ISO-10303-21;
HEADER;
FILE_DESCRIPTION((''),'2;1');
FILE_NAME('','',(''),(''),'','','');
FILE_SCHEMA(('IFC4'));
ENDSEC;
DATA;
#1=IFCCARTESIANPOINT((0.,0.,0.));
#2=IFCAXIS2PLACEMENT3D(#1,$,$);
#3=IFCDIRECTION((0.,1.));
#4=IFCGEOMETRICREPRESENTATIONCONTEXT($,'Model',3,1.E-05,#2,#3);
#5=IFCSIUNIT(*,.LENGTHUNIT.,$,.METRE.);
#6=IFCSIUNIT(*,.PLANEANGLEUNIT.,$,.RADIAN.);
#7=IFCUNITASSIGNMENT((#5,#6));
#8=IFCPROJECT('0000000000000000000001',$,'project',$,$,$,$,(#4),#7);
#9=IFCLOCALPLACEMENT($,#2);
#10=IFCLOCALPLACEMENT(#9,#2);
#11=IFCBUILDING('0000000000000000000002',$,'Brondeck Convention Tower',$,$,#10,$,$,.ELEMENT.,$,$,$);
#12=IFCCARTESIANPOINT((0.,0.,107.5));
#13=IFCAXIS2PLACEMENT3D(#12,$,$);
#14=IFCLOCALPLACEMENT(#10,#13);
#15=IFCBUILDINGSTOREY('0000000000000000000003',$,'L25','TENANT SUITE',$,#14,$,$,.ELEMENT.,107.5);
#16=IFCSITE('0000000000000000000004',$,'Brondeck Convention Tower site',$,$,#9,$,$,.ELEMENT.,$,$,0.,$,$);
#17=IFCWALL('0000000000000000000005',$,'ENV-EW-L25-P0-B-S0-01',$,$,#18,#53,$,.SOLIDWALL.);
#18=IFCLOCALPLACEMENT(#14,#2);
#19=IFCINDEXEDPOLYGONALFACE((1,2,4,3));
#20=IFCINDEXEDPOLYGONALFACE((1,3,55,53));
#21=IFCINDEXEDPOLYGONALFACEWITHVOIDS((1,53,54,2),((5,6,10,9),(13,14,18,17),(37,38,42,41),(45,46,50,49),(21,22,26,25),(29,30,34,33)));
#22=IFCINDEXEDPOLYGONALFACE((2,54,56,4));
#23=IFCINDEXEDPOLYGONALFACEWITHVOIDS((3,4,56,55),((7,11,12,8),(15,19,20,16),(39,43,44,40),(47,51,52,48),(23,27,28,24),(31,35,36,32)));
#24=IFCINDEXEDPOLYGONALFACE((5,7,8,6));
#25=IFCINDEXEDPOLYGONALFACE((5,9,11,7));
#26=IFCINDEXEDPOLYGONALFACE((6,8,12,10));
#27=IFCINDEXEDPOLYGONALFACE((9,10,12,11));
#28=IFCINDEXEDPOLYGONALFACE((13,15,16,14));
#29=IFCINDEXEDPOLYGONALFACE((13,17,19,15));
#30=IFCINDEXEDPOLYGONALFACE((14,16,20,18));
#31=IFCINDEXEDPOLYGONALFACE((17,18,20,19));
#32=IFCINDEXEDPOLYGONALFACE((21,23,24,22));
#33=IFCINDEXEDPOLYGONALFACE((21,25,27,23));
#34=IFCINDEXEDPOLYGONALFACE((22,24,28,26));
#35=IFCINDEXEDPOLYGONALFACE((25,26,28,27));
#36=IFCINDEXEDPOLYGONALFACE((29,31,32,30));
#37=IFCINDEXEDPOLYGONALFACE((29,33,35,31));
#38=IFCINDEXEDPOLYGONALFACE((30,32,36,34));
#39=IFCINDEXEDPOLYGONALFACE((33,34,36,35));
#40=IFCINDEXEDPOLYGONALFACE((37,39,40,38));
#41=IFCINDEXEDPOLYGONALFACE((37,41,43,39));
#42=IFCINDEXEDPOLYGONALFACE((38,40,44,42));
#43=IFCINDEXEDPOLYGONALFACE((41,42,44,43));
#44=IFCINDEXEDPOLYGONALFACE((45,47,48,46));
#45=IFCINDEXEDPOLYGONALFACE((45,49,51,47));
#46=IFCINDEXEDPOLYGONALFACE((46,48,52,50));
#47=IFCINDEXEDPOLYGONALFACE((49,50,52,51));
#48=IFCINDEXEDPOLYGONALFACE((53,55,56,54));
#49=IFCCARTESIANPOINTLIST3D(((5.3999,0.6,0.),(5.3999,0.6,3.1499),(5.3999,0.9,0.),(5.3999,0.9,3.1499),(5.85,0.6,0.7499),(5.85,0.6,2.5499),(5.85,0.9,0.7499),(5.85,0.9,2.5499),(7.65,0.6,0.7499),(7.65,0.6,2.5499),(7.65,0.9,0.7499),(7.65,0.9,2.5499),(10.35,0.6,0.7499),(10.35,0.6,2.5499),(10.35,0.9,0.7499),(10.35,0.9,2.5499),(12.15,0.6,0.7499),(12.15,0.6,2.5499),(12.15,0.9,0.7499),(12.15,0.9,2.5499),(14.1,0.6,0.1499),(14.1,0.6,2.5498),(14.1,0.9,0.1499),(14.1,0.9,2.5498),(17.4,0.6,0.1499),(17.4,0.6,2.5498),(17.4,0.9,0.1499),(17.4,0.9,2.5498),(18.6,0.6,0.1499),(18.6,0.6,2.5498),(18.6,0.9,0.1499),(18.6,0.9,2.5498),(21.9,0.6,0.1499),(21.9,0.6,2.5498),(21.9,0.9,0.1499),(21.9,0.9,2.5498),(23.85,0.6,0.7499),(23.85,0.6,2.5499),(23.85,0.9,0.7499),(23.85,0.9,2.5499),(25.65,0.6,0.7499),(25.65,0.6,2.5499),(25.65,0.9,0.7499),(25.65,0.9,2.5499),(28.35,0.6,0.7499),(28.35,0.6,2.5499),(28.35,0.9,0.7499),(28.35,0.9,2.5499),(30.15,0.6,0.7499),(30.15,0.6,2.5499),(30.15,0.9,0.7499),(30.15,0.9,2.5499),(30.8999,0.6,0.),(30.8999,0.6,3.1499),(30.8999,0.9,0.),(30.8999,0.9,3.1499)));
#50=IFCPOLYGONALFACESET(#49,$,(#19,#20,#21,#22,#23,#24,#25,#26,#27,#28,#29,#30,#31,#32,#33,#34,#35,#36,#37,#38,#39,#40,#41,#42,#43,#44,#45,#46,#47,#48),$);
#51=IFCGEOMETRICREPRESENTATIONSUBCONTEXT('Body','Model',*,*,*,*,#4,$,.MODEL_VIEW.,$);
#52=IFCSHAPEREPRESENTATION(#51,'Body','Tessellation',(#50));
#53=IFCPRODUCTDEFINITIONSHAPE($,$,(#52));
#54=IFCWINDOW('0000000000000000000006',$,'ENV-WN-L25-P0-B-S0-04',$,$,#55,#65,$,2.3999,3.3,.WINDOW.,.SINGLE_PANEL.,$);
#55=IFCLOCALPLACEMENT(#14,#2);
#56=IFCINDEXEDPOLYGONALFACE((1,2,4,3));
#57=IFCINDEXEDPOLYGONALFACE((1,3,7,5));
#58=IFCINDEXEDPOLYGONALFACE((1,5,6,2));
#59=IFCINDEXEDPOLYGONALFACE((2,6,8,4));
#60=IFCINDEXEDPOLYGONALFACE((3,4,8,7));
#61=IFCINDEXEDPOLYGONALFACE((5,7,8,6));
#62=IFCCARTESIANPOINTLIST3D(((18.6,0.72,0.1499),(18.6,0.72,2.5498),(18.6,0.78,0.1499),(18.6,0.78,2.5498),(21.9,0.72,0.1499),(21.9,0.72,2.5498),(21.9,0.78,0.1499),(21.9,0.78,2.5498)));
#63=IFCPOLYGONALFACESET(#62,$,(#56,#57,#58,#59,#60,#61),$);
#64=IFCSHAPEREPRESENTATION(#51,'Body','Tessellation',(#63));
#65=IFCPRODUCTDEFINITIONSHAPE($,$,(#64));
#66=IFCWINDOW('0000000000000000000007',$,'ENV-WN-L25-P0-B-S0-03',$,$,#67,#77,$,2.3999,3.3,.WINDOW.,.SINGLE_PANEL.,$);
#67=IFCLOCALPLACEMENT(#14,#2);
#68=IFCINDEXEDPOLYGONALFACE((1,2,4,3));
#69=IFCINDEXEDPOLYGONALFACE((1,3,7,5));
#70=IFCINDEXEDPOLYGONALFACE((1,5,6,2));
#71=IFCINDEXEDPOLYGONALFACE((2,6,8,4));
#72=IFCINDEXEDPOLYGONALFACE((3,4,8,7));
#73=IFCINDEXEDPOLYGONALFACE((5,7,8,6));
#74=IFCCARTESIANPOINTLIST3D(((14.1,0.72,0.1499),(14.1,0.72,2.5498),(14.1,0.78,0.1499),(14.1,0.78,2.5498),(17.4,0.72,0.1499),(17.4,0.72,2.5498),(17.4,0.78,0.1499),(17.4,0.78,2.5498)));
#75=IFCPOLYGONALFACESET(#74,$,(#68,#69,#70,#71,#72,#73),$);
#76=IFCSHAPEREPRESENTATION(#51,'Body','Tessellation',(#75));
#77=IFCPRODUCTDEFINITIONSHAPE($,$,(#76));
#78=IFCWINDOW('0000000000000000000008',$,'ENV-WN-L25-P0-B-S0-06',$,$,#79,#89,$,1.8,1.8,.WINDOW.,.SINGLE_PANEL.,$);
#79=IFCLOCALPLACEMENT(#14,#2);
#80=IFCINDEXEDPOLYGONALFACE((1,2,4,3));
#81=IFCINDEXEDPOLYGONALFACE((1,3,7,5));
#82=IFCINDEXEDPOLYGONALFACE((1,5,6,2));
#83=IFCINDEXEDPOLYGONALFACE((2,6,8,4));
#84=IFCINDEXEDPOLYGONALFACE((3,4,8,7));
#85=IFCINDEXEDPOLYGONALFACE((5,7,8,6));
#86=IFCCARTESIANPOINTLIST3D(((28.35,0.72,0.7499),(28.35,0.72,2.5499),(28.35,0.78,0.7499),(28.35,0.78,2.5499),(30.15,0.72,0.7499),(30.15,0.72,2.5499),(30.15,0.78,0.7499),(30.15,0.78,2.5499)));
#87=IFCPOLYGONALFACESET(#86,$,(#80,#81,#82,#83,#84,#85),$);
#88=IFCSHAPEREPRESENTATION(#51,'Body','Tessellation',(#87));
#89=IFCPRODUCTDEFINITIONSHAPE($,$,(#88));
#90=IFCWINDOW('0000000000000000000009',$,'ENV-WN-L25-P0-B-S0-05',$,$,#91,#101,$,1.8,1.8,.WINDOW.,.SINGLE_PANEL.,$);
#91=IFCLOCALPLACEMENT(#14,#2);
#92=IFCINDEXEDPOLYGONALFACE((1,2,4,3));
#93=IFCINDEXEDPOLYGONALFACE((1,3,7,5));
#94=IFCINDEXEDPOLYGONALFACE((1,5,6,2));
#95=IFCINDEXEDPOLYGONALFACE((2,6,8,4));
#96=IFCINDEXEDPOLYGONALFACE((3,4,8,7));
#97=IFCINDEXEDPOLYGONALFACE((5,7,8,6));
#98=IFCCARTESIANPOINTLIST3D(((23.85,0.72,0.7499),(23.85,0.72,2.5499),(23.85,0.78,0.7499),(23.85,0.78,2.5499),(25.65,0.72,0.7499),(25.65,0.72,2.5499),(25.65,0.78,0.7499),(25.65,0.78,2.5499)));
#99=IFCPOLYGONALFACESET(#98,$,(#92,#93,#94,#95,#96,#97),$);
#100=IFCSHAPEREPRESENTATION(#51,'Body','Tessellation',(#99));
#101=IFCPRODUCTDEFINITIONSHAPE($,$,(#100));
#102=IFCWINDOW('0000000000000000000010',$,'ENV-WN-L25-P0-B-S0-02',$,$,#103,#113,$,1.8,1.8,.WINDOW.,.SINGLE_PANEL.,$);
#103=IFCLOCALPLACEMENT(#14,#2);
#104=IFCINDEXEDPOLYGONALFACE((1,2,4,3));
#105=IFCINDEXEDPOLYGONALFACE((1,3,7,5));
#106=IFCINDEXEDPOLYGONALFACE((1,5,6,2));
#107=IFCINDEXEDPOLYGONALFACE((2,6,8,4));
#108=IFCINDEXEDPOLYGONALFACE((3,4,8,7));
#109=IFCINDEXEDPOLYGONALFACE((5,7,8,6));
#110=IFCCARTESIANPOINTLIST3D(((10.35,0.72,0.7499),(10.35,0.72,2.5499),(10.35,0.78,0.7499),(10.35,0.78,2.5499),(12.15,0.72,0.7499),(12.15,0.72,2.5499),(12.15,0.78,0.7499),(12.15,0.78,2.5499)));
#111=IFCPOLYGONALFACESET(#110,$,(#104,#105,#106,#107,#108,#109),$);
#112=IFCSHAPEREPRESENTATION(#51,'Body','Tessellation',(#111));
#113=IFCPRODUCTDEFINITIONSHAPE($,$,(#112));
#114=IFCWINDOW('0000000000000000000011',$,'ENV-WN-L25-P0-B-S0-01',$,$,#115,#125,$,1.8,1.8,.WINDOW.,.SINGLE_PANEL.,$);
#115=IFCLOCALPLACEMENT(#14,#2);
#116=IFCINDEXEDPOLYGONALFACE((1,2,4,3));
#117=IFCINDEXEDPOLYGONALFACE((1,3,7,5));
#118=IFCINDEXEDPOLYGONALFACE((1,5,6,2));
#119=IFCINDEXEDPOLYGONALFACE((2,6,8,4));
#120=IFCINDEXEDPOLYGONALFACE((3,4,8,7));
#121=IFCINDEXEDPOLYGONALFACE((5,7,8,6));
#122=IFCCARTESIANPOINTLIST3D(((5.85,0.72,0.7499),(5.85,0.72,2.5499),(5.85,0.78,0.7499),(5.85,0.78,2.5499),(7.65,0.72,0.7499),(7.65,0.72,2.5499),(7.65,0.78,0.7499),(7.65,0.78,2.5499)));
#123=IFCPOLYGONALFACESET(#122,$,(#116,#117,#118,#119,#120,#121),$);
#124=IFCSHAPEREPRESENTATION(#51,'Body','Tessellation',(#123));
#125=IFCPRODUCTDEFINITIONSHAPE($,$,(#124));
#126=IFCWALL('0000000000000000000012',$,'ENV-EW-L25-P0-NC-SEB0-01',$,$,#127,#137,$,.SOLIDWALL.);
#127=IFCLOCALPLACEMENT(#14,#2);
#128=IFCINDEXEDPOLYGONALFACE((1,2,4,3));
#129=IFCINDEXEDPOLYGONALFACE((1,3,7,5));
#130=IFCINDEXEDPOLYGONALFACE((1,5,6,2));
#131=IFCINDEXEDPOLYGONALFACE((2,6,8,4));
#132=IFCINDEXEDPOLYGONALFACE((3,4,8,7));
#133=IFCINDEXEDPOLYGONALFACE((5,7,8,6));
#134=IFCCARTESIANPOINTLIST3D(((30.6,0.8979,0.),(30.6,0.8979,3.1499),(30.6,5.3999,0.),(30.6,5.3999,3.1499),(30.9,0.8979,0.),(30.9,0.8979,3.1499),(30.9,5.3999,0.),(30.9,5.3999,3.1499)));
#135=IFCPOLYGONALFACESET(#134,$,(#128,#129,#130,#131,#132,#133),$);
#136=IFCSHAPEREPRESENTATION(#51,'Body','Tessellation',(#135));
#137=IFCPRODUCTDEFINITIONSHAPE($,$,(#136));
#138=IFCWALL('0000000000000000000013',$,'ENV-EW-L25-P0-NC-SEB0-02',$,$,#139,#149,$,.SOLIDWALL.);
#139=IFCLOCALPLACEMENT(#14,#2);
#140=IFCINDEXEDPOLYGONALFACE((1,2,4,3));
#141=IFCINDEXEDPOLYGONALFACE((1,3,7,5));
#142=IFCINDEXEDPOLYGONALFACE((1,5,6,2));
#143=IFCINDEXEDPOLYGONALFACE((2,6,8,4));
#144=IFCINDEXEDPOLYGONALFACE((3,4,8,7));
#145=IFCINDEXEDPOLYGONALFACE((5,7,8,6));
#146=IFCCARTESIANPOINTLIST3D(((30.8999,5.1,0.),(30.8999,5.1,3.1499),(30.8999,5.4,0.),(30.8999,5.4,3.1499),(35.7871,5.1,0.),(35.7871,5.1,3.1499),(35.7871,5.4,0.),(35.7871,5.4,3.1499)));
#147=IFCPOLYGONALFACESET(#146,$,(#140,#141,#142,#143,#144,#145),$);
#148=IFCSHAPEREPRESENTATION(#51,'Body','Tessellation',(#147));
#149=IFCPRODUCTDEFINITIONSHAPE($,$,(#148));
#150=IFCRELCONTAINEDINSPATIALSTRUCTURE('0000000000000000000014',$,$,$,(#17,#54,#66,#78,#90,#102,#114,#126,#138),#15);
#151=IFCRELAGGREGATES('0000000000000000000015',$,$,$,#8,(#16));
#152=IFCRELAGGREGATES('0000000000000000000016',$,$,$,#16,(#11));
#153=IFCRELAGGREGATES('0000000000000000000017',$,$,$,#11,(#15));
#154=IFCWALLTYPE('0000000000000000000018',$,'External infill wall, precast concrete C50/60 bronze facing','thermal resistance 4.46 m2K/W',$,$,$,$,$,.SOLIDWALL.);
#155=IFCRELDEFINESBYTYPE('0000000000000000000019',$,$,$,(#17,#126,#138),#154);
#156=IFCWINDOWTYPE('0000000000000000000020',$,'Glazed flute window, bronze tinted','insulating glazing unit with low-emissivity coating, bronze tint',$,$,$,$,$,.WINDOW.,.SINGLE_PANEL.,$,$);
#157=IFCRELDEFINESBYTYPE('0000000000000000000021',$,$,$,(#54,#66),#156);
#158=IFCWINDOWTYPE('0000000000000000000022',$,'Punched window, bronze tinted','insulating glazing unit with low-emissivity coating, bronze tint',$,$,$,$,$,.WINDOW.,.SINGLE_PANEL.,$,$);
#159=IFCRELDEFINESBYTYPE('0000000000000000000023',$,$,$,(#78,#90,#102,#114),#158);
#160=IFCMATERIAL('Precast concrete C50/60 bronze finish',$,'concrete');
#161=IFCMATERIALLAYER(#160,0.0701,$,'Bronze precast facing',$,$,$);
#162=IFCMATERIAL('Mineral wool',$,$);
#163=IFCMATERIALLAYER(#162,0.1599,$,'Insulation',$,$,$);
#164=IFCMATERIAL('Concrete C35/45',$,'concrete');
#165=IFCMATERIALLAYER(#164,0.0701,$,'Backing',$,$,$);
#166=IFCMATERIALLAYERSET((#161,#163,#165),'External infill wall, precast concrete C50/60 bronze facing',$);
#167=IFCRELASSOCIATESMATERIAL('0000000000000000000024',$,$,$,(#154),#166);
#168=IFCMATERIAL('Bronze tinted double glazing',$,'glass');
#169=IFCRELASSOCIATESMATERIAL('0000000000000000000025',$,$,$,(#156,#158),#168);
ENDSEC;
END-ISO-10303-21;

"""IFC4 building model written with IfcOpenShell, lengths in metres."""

from ifc_helpers import new_model, si_unit, direction, frame, frame_2d, origin, place, context, subcontext, project, spatial, rectangle, extrude, material, layer, layer_set, type_object, element, fill, save


model = new_model("IFC4")

# Units and contexts
model_context = context("Model", 3, precision=1e-05, world=origin(), true_north=direction((0.0, 1.0)))
body_context = subcontext(model_context, "Body", "Model", "MODEL_VIEW")
ifc_project = project(units=[si_unit("LENGTHUNIT", "METRE"), si_unit("PLANEANGLEUNIT", "RADIAN")], contexts=[model_context])

# Site, building, storey
site_placement = place(None, origin())
site = spatial("IfcSite", under=ifc_project, at=site_placement, Name="Brondeck Convention Tower site", CompositionType="ELEMENT", RefElevation=0.0)
building_placement = place(site_placement, origin())
building = spatial("IfcBuilding", under=site, at=building_placement, Name="Brondeck Convention Tower", CompositionType="ELEMENT")
storey_placement = place(building_placement, frame((0.0, 0.0, 107.5)))
storey = spatial("IfcBuildingStorey", under=building, at=storey_placement, Name="L25", Description="TENANT SUITE", CompositionType="ELEMENT", Elevation=107.5)

# Wall, openings, windows
ifc_material_1 = material(Name="Precast concrete C50/60 bronze finish", Category="concrete")
ifc_layer_1 = layer(ifc_material_1, 0.0701, Name="Bronze precast facing")
ifc_material_2 = material(Name="Mineral wool")
ifc_layer_2 = layer(ifc_material_2, 0.1599, Name="Insulation")
ifc_material_3 = material(Name="Concrete C35/45", Category="concrete")
ifc_layer_3 = layer(ifc_material_3, 0.0701, Name="Backing")
ifc_layer_set = layer_set([ifc_layer_1, ifc_layer_2, ifc_layer_3], Name="External infill wall, precast concrete C50/60 bronze facing")
wall_type = type_object("IfcWallType", Name="External infill wall, precast concrete C50/60 bronze facing", Description="thermal resistance 4.46 m2K/W", PredefinedType="SOLIDWALL", material=ifc_layer_set)
wall_1_placement = place(storey_placement, frame((30.8999, 0.75, 0.0), z_axis=(0.0, 0.0, 1.0), x_axis=(-1.0, 0.0, 0.0)))
wall_1 = element("IfcWall", 1, at=wall_1_placement, inside=storey, type_object=wall_type, Name="ENV-EW-L25-P0-B-S0-01", PredefinedType="SOLIDWALL", context=body_context, shape_type="SweptSolid", body=[
    extrude(rectangle(XDim=25.5, YDim=0.3, at=frame_2d((12.75, 0.0))), origin(), (0.0, 0.0, 1.0), 3.1499),
])
opening_1_placement = place(wall_1_placement, frame((0.75, 0.0, 0.75)))
opening_1 = element("IfcOpeningElement", 2, at=opening_1_placement, cuts=wall_1, PredefinedType="OPENING", context=body_context, shape_type="SweptSolid", body=[
    extrude(rectangle(XDim=1.8, YDim=1.8, at=frame_2d((0.8999, 0.8999))), frame((0.0, 0.1599, 0.0), z_axis=(0.0, -1.0, 0.0), x_axis=(1.0, 0.0, 0.0)), (0.0, 0.0, 1.0), 0.3201),
])
opening_2_placement = place(wall_1_placement, frame((5.25, 0.0, 0.75)))
opening_2 = element("IfcOpeningElement", 3, at=opening_2_placement, cuts=wall_1, PredefinedType="OPENING", context=body_context, shape_type="SweptSolid", body=[
    extrude(rectangle(XDim=1.8, YDim=1.8, at=frame_2d((0.8999, 0.8999))), frame((0.0, 0.1599, 0.0), z_axis=(0.0, -1.0, 0.0), x_axis=(1.0, 0.0, 0.0)), (0.0, 0.0, 1.0), 0.3201),
])
opening_3_placement = place(wall_1_placement, frame((9.0, 0.0, 0.1499)))
opening_3 = element("IfcOpeningElement", 4, at=opening_3_placement, cuts=wall_1, PredefinedType="OPENING", context=body_context, shape_type="SweptSolid", body=[
    extrude(rectangle(XDim=3.3, YDim=2.3999, at=frame_2d((1.6499, 1.2))), frame((0.0, 0.1599, 0.0), z_axis=(0.0, -1.0, 0.0), x_axis=(1.0, 0.0, 0.0)), (0.0, 0.0, 1.0), 0.3201),
])
opening_4_placement = place(wall_1_placement, frame((13.5, 0.0, 0.1499)))
opening_4 = element("IfcOpeningElement", 5, at=opening_4_placement, cuts=wall_1, PredefinedType="OPENING", context=body_context, shape_type="SweptSolid", body=[
    extrude(rectangle(XDim=3.3, YDim=2.3999, at=frame_2d((1.6499, 1.2))), frame((0.0, 0.1599, 0.0), z_axis=(0.0, -1.0, 0.0), x_axis=(1.0, 0.0, 0.0)), (0.0, 0.0, 1.0), 0.3201),
])
opening_5_placement = place(wall_1_placement, frame((18.75, 0.0, 0.75)))
opening_5 = element("IfcOpeningElement", 6, at=opening_5_placement, cuts=wall_1, PredefinedType="OPENING", context=body_context, shape_type="SweptSolid", body=[
    extrude(rectangle(XDim=1.8, YDim=1.8, at=frame_2d((0.8999, 0.8999))), frame((0.0, 0.1599, 0.0), z_axis=(0.0, -1.0, 0.0), x_axis=(1.0, 0.0, 0.0)), (0.0, 0.0, 1.0), 0.3201),
])
opening_6_placement = place(wall_1_placement, frame((23.25, 0.0, 0.75)))
opening_6 = element("IfcOpeningElement", 7, at=opening_6_placement, cuts=wall_1, PredefinedType="OPENING", context=body_context, shape_type="SweptSolid", body=[
    extrude(rectangle(XDim=1.8, YDim=1.8, at=frame_2d((0.8999, 0.8999))), frame((0.0, 0.1599, 0.0), z_axis=(0.0, -1.0, 0.0), x_axis=(1.0, 0.0, 0.0)), (0.0, 0.0, 1.0), 0.3201),
])
ifc_material_4 = material(Name="Bronze tinted double glazing", Category="glass")
window_type_1 = type_object("IfcWindowType", Name="Glazed flute window, bronze tinted", Description="insulating glazing unit with low-emissivity coating, bronze tint", PartitioningType="SINGLE_PANEL", PredefinedType="WINDOW", material=ifc_material_4)
window_1_placement = place(opening_3_placement, origin())
window_1 = element("IfcWindow", 8, at=window_1_placement, inside=storey, type_object=window_type_1, Name="ENV-WN-L25-P0-B-S0-04", OverallHeight=2.3999, OverallWidth=3.3, PartitioningType="SINGLE_PANEL", PredefinedType="WINDOW", context=body_context, shape_type="SweptSolid", body=[
    extrude(rectangle(XDim=3.3, YDim=2.3999, at=frame_2d((1.6499, 1.2))), frame((0.0, 0.03, 0.0), z_axis=(0.0, -1.0, 0.0), x_axis=(1.0, 0.0, 0.0)), (0.0, 0.0, 1.0), 0.0601),
])
fill(opening_3, window_1)
window_2_placement = place(opening_4_placement, origin())
window_2 = element("IfcWindow", 9, at=window_2_placement, inside=storey, type_object=window_type_1, Name="ENV-WN-L25-P0-B-S0-03", OverallHeight=2.3999, OverallWidth=3.3, PartitioningType="SINGLE_PANEL", PredefinedType="WINDOW", context=body_context, shape_type="SweptSolid", body=[
    extrude(rectangle(XDim=3.3, YDim=2.3999, at=frame_2d((1.6499, 1.2))), frame((0.0, 0.03, 0.0), z_axis=(0.0, -1.0, 0.0), x_axis=(1.0, 0.0, 0.0)), (0.0, 0.0, 1.0), 0.0601),
])
fill(opening_4, window_2)
window_type_2 = type_object("IfcWindowType", Name="Punched window, bronze tinted", Description="insulating glazing unit with low-emissivity coating, bronze tint", PartitioningType="SINGLE_PANEL", PredefinedType="WINDOW", material=ifc_material_4)
window_3_placement = place(opening_1_placement, origin())
window_3 = element("IfcWindow", 10, at=window_3_placement, inside=storey, type_object=window_type_2, Name="ENV-WN-L25-P0-B-S0-06", OverallHeight=1.8, OverallWidth=1.8, PartitioningType="SINGLE_PANEL", PredefinedType="WINDOW", context=body_context, shape_type="SweptSolid", body=[
    extrude(rectangle(XDim=1.8, YDim=1.8, at=frame_2d((0.8999, 0.8999))), frame((0.0, 0.03, 0.0), z_axis=(0.0, -1.0, 0.0), x_axis=(1.0, 0.0, 0.0)), (0.0, 0.0, 1.0), 0.0601),
])
fill(opening_1, window_3)
window_4_placement = place(opening_2_placement, origin())
window_4 = element("IfcWindow", 11, at=window_4_placement, inside=storey, type_object=window_type_2, Name="ENV-WN-L25-P0-B-S0-05", OverallHeight=1.8, OverallWidth=1.8, PartitioningType="SINGLE_PANEL", PredefinedType="WINDOW", context=body_context, shape_type="SweptSolid", body=[
    extrude(rectangle(XDim=1.8, YDim=1.8, at=frame_2d((0.8999, 0.8999))), frame((0.0, 0.03, 0.0), z_axis=(0.0, -1.0, 0.0), x_axis=(1.0, 0.0, 0.0)), (0.0, 0.0, 1.0), 0.0601),
])
fill(opening_2, window_4)
window_5_placement = place(opening_5_placement, origin())
window_5 = element("IfcWindow", 12, at=window_5_placement, inside=storey, type_object=window_type_2, Name="ENV-WN-L25-P0-B-S0-02", OverallHeight=1.8, OverallWidth=1.8, PartitioningType="SINGLE_PANEL", PredefinedType="WINDOW", context=body_context, shape_type="SweptSolid", body=[
    extrude(rectangle(XDim=1.8, YDim=1.8, at=frame_2d((0.8999, 0.8999))), frame((0.0, 0.03, 0.0), z_axis=(0.0, -1.0, 0.0), x_axis=(1.0, 0.0, 0.0)), (0.0, 0.0, 1.0), 0.0601),
])
fill(opening_5, window_5)
window_6_placement = place(opening_6_placement, origin())
window_6 = element("IfcWindow", 13, at=window_6_placement, inside=storey, type_object=window_type_2, Name="ENV-WN-L25-P0-B-S0-01", OverallHeight=1.8, OverallWidth=1.8, PartitioningType="SINGLE_PANEL", PredefinedType="WINDOW", context=body_context, shape_type="SweptSolid", body=[
    extrude(rectangle(XDim=1.8, YDim=1.8, at=frame_2d((0.8999, 0.8999))), frame((0.0, 0.03, 0.0), z_axis=(0.0, -1.0, 0.0), x_axis=(1.0, 0.0, 0.0)), (0.0, 0.0, 1.0), 0.0601),
])
fill(opening_6, window_6)

# Walls
wall_2_placement = place(storey_placement, frame((30.75, 5.3999, 0.0), z_axis=(0.0, 0.0, 1.0), x_axis=(0.0, -1.0, 0.0)))
element("IfcWall", 14, at=wall_2_placement, inside=storey, type_object=wall_type, Name="ENV-EW-L25-P0-NC-SEB0-01", PredefinedType="SOLIDWALL", context=body_context, shape_type="SweptSolid", body=[
    extrude(rectangle(XDim=4.502, YDim=0.3, at=frame_2d((2.251, 0.0))), origin(), (0.0, 0.0, 1.0), 3.1499),
])
wall_3_placement = place(storey_placement, frame((35.7871, 5.25, 0.0), z_axis=(0.0, 0.0, 1.0), x_axis=(-1.0, 0.0, 0.0)))
element("IfcWall", 15, at=wall_3_placement, inside=storey, type_object=wall_type, Name="ENV-EW-L25-P0-NC-SEB0-02", PredefinedType="SOLIDWALL", context=body_context, shape_type="SweptSolid", body=[
    extrude(rectangle(XDim=4.8872, YDim=0.3, at=frame_2d((2.4436, 0.0))), origin(), (0.0, 0.0, 1.0), 3.1499),
])

save(model, "model.ifc")
